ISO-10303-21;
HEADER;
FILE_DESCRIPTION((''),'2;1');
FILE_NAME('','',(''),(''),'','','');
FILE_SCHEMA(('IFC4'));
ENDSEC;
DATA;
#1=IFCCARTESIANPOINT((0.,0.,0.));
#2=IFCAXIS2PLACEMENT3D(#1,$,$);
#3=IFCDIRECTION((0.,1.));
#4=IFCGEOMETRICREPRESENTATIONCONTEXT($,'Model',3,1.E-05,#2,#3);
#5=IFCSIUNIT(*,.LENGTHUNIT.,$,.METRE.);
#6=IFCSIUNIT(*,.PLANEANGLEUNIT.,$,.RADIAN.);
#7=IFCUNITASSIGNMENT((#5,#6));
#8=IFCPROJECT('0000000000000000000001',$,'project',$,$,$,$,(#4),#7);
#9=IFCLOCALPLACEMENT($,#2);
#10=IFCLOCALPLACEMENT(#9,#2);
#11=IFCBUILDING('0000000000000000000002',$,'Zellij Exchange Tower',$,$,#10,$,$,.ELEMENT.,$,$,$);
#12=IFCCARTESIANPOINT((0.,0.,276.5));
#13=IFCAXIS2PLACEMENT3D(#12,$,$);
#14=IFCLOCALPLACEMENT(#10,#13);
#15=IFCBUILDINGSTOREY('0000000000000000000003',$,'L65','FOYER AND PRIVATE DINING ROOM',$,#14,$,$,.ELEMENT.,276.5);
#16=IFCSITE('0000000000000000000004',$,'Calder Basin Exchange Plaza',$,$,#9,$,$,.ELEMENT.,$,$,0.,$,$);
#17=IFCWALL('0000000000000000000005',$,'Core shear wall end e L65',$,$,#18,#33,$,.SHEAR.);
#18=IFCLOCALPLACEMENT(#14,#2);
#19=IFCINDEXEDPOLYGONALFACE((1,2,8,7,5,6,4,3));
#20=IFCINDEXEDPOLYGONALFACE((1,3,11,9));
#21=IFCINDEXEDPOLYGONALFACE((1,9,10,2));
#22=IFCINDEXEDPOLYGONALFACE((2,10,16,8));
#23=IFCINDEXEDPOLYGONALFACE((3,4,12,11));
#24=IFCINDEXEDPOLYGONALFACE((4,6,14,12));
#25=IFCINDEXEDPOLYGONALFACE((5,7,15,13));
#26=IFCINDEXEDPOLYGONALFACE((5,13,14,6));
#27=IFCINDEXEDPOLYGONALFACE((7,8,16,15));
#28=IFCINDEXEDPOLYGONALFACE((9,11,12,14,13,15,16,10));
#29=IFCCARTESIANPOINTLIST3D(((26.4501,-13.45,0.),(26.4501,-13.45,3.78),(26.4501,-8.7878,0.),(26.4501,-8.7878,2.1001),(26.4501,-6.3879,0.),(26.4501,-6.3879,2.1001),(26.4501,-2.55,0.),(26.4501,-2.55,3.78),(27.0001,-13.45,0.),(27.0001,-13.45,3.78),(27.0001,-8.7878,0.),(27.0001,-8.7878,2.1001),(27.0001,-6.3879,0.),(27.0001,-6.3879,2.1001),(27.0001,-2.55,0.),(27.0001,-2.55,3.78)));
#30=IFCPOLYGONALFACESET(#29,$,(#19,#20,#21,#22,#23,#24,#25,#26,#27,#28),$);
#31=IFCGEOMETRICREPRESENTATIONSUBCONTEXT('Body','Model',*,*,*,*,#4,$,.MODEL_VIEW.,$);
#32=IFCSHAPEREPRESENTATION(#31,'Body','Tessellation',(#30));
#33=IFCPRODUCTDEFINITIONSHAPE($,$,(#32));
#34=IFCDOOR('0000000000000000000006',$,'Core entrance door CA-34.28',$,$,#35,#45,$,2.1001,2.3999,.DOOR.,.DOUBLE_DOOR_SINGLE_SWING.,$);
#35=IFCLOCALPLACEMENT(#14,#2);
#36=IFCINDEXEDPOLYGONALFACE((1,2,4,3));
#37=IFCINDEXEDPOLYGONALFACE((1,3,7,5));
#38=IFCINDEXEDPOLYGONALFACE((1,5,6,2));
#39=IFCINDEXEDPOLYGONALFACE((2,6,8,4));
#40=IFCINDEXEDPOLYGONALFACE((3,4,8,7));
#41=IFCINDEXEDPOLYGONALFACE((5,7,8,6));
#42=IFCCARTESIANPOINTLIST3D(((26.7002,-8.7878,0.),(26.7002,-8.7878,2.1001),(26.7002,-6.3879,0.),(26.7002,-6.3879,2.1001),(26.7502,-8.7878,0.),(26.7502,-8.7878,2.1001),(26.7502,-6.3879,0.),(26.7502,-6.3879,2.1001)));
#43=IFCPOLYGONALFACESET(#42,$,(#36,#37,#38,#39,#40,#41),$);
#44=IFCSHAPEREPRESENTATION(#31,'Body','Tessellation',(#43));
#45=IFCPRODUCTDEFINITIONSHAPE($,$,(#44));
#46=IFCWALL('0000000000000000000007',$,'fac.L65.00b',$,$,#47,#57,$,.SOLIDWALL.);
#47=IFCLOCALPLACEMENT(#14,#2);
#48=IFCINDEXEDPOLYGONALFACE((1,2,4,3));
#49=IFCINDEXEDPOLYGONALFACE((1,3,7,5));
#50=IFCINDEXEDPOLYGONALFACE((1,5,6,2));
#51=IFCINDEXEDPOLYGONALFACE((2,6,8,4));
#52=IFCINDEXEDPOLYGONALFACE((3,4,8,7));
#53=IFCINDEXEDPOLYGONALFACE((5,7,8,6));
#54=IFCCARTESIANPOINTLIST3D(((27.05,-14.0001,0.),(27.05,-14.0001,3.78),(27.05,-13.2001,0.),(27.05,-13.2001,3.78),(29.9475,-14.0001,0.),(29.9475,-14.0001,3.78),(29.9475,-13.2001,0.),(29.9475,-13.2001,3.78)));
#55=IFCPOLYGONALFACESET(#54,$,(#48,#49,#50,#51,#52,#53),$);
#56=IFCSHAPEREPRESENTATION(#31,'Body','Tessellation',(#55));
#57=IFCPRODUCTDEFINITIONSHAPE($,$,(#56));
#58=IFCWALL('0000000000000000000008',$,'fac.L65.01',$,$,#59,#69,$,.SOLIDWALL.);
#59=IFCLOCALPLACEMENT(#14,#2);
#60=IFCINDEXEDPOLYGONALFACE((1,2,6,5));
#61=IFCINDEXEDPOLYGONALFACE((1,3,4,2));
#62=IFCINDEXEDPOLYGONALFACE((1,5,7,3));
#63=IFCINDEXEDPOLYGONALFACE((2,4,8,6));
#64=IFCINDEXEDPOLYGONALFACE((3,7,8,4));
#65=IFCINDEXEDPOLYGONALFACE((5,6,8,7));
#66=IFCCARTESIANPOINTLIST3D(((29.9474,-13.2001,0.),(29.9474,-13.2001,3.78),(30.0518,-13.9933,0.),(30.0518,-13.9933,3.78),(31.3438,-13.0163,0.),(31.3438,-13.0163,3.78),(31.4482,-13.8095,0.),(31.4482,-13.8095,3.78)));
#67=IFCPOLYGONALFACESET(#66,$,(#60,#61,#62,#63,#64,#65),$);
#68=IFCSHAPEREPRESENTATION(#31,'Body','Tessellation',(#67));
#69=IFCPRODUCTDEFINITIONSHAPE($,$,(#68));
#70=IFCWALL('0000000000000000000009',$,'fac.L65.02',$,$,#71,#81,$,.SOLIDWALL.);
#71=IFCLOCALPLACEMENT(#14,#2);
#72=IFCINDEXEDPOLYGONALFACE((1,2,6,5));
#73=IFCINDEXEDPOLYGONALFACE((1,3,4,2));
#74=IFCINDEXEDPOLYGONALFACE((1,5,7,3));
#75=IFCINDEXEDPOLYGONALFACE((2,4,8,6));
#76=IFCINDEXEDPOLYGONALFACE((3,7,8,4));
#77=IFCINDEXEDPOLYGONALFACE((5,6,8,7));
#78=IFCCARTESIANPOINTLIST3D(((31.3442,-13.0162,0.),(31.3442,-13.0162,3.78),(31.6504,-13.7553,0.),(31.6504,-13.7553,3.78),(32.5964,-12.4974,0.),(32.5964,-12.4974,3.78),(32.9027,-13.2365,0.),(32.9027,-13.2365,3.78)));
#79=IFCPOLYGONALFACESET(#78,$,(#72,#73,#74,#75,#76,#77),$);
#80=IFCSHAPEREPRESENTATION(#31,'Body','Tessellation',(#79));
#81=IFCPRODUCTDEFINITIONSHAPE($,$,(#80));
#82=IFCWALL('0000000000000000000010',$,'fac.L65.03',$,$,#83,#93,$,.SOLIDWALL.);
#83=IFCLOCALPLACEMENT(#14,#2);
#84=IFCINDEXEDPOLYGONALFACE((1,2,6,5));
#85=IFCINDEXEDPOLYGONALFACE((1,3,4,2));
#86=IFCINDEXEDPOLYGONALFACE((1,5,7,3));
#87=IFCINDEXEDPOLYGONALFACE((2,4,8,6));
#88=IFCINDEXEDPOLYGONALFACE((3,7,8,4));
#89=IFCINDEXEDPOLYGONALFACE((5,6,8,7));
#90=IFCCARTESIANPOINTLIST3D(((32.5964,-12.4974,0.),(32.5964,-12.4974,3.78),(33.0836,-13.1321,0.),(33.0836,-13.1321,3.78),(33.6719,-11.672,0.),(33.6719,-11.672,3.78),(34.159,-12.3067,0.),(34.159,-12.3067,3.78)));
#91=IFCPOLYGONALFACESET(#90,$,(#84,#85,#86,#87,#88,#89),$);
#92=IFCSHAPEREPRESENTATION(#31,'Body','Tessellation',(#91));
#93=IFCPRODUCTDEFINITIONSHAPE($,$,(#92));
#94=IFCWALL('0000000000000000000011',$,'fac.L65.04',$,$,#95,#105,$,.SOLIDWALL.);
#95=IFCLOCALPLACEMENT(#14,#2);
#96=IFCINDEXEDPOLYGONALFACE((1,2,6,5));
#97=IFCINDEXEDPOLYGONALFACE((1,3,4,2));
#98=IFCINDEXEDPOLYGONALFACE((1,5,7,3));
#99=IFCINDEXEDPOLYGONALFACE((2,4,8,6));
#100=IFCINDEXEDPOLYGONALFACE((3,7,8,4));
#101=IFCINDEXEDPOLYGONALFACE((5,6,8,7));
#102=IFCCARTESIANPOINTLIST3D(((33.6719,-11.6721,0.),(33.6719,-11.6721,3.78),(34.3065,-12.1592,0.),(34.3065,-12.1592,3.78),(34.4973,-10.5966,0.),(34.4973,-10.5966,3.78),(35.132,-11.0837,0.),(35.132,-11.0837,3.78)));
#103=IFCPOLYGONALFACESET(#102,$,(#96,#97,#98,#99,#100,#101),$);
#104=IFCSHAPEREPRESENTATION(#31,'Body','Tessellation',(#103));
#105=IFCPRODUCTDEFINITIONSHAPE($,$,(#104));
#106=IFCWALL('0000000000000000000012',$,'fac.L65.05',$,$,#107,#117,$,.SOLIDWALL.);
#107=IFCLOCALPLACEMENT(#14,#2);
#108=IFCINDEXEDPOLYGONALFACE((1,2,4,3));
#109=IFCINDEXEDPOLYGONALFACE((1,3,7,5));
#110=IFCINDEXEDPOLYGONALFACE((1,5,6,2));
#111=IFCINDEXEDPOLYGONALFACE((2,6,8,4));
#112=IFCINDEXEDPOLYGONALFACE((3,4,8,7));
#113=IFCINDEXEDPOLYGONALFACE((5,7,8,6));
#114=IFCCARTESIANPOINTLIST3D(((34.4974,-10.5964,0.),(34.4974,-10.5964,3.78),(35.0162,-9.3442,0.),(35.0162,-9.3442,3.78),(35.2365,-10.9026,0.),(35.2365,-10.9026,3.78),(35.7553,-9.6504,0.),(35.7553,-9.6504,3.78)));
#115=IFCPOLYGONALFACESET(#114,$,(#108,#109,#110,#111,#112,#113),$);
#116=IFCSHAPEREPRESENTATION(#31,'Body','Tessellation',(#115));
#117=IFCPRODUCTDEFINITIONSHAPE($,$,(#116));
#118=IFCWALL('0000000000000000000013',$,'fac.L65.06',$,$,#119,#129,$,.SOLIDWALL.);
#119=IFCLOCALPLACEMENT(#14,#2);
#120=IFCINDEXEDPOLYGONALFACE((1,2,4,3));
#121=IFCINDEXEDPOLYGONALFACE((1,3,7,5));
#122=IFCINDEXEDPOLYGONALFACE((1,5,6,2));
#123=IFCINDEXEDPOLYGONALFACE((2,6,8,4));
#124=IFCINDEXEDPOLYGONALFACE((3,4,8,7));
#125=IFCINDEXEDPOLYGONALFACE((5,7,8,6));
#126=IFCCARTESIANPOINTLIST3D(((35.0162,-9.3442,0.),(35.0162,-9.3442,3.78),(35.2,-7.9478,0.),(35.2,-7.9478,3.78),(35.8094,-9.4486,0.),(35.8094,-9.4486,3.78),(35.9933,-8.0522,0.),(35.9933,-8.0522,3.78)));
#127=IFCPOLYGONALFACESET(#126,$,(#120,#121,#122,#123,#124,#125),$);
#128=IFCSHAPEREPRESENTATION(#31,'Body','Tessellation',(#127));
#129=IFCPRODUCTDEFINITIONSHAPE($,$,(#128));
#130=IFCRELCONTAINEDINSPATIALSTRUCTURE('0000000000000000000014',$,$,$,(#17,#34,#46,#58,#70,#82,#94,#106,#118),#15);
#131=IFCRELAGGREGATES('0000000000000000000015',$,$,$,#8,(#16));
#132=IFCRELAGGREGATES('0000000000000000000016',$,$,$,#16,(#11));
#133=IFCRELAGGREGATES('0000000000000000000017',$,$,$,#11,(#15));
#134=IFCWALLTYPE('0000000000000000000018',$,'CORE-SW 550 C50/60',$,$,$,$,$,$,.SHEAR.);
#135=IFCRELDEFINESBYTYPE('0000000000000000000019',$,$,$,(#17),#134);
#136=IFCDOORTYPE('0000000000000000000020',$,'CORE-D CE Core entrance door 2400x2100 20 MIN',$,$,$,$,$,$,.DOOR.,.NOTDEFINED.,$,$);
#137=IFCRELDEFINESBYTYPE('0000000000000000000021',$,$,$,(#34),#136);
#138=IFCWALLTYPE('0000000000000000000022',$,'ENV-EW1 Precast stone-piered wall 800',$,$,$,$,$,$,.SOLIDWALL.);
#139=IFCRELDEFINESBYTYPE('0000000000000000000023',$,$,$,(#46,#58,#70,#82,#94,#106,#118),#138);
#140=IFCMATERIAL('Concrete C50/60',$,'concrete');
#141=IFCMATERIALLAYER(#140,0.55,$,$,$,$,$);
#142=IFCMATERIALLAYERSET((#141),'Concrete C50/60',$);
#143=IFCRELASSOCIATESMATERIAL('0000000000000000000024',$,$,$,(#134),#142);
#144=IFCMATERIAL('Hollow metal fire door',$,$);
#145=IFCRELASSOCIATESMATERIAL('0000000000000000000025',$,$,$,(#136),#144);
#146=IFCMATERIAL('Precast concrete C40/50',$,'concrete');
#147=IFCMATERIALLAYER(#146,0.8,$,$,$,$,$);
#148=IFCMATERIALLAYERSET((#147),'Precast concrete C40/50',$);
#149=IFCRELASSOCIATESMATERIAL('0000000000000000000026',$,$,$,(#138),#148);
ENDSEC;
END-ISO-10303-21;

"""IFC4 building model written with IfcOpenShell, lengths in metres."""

from ifc_helpers import new_model, si_unit, direction, frame, frame_2d, origin, place, context, subcontext, project, spatial, rectangle, extrude, material, layer, layer_set, type_object, element, fill, save


model = new_model("IFC4")

# Units and contexts
model_context = context("Model", 3, precision=1e-05, world=origin(), true_north=direction((0.0, 1.0)))
body_context = subcontext(model_context, "Body", "Model", "MODEL_VIEW")
ifc_project = project(units=[si_unit("LENGTHUNIT", "METRE"), si_unit("PLANEANGLEUNIT", "RADIAN")], contexts=[model_context])

# Site, building, storey
site_placement = place(None, origin())
site = spatial("IfcSite", under=ifc_project, at=site_placement, Name="Calder Basin Exchange Plaza", CompositionType="ELEMENT", RefElevation=0.0)
building_placement = place(site_placement, origin())
building = spatial("IfcBuilding", under=site, at=building_placement, Name="Zellij Exchange Tower", CompositionType="ELEMENT")
storey_placement = place(building_placement, frame((0.0, 0.0, 276.5)))
storey = spatial("IfcBuildingStorey", under=building, at=storey_placement, Name="L65", Description="FOYER AND PRIVATE DINING ROOM", CompositionType="ELEMENT", Elevation=276.5)

# Shared definitions
ifc_material_1 = material(Name="Concrete C50/60", Category="concrete")

# Wall, opening, door
ifc_layer_1 = layer(ifc_material_1, 0.55)
ifc_layer_set_1 = layer_set([ifc_layer_1], Name="Concrete C50/60")
wall_type_1 = type_object("IfcWallType", Name="CORE-SW 550 C50/60", PredefinedType="SHEAR", material=ifc_layer_set_1)
wall_1_placement = place(storey_placement, frame((26.7251, -13.45, 0.0), z_axis=(0.0, 0.0, 1.0), x_axis=(0.0, 1.0, 0.0)))
wall_1 = element("IfcWall", 1, at=wall_1_placement, inside=storey, type_object=wall_type_1, Name="Core shear wall end e L65", PredefinedType="SHEAR", context=body_context, shape_type="SweptSolid", body=[
    extrude(rectangle(XDim=10.8999, YDim=0.55, at=frame_2d((5.45, 0.0))), origin(), (0.0, 0.0, 1.0), 3.78),
])
opening_1_placement = place(wall_1_placement, frame((4.6621, 0.0, 0.0)))
opening_1 = element("IfcOpeningElement", 2, at=opening_1_placement, cuts=wall_1, PredefinedType="OPENING", context=body_context, shape_type="SweptSolid", body=[
    extrude(rectangle(XDim=2.3999, YDim=2.1001, at=frame_2d((1.2, 1.05))), frame((0.0, 0.2871, 0.0), z_axis=(0.0, -1.0, 0.0), x_axis=(1.0, 0.0, 0.0)), (0.0, 0.0, 1.0), 0.574),
])
ifc_material_2 = material(Name="Hollow metal fire door")
door_type = type_object("IfcDoorType", Name="CORE-D CE Core entrance door 2400x2100 20 MIN", OperationType="NOTDEFINED", PredefinedType="DOOR", material=ifc_material_2)
door_placement = place(opening_1_placement, origin())
door = element("IfcDoor", 3, at=door_placement, inside=storey, type_object=door_type, Name="Core entrance door CA-34.28", OperationType="DOUBLE_DOOR_SINGLE_SWING", OverallHeight=2.1001, OverallWidth=2.3999, PredefinedType="DOOR", context=body_context, shape_type="SweptSolid", body=[
    extrude(rectangle(XDim=2.3999, YDim=2.1001, at=frame_2d((1.2, 1.05))), frame((0.0, 0.0249, 0.0), z_axis=(0.0, -1.0, 0.0), x_axis=(1.0, 0.0, 0.0)), (0.0, 0.0, 1.0), 0.05),
])
fill(opening_1, door)

# Walls
ifc_material_3 = material(Name="Precast concrete C40/50", Category="concrete")
ifc_layer_2 = layer(ifc_material_3, 0.8)
ifc_layer_set_2 = layer_set([ifc_layer_2], Name="Precast concrete C40/50")
wall_type_2 = type_object("IfcWallType", Name="ENV-EW1 Precast stone-piered wall 800", PredefinedType="SOLIDWALL", material=ifc_layer_set_2)
wall_2_placement = place(storey_placement, frame((27.05, -13.6001, 0.0), z_axis=(0.0, 0.0, 1.0), x_axis=(1.0, 0.0, 0.0)))
element("IfcWall", 4, at=wall_2_placement, inside=storey, type_object=wall_type_2, Name="fac.L65.00b", PredefinedType="SOLIDWALL", context=body_context, shape_type="SweptSolid", body=[
    extrude(rectangle(XDim=2.8975, YDim=0.8, at=frame_2d((1.4487, 0.0))), origin(), (0.0, 0.0, 1.0), 3.78),
])
wall_3_placement = place(storey_placement, frame((29.9998, -13.5967, 0.0), z_axis=(0.0, 0.0, 1.0), x_axis=(0.991446, 0.130517, 0.0)))
element("IfcWall", 5, at=wall_3_placement, inside=storey, type_object=wall_type_2, Name="fac.L65.01", PredefinedType="SOLIDWALL", context=body_context, shape_type="SweptSolid", body=[
    extrude(rectangle(XDim=1.4084, YDim=0.8, at=frame_2d((0.7041, 0.0))), origin(), (0.0, 0.0, 1.0), 3.78),
])
wall_4_placement = place(storey_placement, frame((31.4973, -13.3857, 0.0), z_axis=(0.0, 0.0, 1.0), x_axis=(0.923848, 0.38276, 0.0)))
element("IfcWall", 6, at=wall_4_placement, inside=storey, type_object=wall_type_2, Name="fac.L65.02", PredefinedType="SOLIDWALL", context=body_context, shape_type="SweptSolid", body=[
    extrude(rectangle(XDim=1.3555, YDim=0.8, at=frame_2d((0.6777, 0.0))), origin(), (0.0, 0.0, 1.0), 3.78),
])
for number, where, z_axis, x_axis, name in (
    (7, (32.8401, -12.8147, 0.0), (0.0, 0.0, 1.0), (0.793273, 0.608866, 0.0), "fac.L65.03"),
    (8, (33.9893, -11.9155, 0.0), (0.0, 0.0, 1.0), (0.608866, 0.793273, 0.0), "fac.L65.04"),
):
    element("IfcWall", number, at=place(storey_placement, frame(where, z_axis=z_axis, x_axis=x_axis)), inside=storey, type_object=wall_type_2, Name=name, PredefinedType="SOLIDWALL", context=body_context, shape_type="SweptSolid", body=[
        extrude(rectangle(XDim=1.3557, YDim=0.8, at=frame_2d((0.6777, 0.0))), origin(), (0.0, 0.0, 1.0), 3.78),
    ])
wall_5_placement = place(storey_placement, frame((34.8669, -10.7495, 0.0), z_axis=(0.0, 0.0, 1.0), x_axis=(0.38276, 0.923848, 0.0)))
element("IfcWall", 9, at=wall_5_placement, inside=storey, type_object=wall_type_2, Name="fac.L65.05", PredefinedType="SOLIDWALL", context=body_context, shape_type="SweptSolid", body=[
    extrude(rectangle(XDim=1.3555, YDim=0.8, at=frame_2d((0.6777, 0.0))), origin(), (0.0, 0.0, 1.0), 3.78),
])
wall_6_placement = place(storey_placement, frame((35.4128, -9.3962, 0.0), z_axis=(0.0, 0.0, 1.0), x_axis=(0.130517, 0.991446, 0.0)))
element("IfcWall", 10, at=wall_6_placement, inside=storey, type_object=wall_type_2, Name="fac.L65.06", PredefinedType="SOLIDWALL", context=body_context, shape_type="SweptSolid", body=[
    extrude(rectangle(XDim=1.4084, YDim=0.8, at=frame_2d((0.7041, 0.0))), origin(), (0.0, 0.0, 1.0), 3.78),
])

save(model, "model.ifc")
